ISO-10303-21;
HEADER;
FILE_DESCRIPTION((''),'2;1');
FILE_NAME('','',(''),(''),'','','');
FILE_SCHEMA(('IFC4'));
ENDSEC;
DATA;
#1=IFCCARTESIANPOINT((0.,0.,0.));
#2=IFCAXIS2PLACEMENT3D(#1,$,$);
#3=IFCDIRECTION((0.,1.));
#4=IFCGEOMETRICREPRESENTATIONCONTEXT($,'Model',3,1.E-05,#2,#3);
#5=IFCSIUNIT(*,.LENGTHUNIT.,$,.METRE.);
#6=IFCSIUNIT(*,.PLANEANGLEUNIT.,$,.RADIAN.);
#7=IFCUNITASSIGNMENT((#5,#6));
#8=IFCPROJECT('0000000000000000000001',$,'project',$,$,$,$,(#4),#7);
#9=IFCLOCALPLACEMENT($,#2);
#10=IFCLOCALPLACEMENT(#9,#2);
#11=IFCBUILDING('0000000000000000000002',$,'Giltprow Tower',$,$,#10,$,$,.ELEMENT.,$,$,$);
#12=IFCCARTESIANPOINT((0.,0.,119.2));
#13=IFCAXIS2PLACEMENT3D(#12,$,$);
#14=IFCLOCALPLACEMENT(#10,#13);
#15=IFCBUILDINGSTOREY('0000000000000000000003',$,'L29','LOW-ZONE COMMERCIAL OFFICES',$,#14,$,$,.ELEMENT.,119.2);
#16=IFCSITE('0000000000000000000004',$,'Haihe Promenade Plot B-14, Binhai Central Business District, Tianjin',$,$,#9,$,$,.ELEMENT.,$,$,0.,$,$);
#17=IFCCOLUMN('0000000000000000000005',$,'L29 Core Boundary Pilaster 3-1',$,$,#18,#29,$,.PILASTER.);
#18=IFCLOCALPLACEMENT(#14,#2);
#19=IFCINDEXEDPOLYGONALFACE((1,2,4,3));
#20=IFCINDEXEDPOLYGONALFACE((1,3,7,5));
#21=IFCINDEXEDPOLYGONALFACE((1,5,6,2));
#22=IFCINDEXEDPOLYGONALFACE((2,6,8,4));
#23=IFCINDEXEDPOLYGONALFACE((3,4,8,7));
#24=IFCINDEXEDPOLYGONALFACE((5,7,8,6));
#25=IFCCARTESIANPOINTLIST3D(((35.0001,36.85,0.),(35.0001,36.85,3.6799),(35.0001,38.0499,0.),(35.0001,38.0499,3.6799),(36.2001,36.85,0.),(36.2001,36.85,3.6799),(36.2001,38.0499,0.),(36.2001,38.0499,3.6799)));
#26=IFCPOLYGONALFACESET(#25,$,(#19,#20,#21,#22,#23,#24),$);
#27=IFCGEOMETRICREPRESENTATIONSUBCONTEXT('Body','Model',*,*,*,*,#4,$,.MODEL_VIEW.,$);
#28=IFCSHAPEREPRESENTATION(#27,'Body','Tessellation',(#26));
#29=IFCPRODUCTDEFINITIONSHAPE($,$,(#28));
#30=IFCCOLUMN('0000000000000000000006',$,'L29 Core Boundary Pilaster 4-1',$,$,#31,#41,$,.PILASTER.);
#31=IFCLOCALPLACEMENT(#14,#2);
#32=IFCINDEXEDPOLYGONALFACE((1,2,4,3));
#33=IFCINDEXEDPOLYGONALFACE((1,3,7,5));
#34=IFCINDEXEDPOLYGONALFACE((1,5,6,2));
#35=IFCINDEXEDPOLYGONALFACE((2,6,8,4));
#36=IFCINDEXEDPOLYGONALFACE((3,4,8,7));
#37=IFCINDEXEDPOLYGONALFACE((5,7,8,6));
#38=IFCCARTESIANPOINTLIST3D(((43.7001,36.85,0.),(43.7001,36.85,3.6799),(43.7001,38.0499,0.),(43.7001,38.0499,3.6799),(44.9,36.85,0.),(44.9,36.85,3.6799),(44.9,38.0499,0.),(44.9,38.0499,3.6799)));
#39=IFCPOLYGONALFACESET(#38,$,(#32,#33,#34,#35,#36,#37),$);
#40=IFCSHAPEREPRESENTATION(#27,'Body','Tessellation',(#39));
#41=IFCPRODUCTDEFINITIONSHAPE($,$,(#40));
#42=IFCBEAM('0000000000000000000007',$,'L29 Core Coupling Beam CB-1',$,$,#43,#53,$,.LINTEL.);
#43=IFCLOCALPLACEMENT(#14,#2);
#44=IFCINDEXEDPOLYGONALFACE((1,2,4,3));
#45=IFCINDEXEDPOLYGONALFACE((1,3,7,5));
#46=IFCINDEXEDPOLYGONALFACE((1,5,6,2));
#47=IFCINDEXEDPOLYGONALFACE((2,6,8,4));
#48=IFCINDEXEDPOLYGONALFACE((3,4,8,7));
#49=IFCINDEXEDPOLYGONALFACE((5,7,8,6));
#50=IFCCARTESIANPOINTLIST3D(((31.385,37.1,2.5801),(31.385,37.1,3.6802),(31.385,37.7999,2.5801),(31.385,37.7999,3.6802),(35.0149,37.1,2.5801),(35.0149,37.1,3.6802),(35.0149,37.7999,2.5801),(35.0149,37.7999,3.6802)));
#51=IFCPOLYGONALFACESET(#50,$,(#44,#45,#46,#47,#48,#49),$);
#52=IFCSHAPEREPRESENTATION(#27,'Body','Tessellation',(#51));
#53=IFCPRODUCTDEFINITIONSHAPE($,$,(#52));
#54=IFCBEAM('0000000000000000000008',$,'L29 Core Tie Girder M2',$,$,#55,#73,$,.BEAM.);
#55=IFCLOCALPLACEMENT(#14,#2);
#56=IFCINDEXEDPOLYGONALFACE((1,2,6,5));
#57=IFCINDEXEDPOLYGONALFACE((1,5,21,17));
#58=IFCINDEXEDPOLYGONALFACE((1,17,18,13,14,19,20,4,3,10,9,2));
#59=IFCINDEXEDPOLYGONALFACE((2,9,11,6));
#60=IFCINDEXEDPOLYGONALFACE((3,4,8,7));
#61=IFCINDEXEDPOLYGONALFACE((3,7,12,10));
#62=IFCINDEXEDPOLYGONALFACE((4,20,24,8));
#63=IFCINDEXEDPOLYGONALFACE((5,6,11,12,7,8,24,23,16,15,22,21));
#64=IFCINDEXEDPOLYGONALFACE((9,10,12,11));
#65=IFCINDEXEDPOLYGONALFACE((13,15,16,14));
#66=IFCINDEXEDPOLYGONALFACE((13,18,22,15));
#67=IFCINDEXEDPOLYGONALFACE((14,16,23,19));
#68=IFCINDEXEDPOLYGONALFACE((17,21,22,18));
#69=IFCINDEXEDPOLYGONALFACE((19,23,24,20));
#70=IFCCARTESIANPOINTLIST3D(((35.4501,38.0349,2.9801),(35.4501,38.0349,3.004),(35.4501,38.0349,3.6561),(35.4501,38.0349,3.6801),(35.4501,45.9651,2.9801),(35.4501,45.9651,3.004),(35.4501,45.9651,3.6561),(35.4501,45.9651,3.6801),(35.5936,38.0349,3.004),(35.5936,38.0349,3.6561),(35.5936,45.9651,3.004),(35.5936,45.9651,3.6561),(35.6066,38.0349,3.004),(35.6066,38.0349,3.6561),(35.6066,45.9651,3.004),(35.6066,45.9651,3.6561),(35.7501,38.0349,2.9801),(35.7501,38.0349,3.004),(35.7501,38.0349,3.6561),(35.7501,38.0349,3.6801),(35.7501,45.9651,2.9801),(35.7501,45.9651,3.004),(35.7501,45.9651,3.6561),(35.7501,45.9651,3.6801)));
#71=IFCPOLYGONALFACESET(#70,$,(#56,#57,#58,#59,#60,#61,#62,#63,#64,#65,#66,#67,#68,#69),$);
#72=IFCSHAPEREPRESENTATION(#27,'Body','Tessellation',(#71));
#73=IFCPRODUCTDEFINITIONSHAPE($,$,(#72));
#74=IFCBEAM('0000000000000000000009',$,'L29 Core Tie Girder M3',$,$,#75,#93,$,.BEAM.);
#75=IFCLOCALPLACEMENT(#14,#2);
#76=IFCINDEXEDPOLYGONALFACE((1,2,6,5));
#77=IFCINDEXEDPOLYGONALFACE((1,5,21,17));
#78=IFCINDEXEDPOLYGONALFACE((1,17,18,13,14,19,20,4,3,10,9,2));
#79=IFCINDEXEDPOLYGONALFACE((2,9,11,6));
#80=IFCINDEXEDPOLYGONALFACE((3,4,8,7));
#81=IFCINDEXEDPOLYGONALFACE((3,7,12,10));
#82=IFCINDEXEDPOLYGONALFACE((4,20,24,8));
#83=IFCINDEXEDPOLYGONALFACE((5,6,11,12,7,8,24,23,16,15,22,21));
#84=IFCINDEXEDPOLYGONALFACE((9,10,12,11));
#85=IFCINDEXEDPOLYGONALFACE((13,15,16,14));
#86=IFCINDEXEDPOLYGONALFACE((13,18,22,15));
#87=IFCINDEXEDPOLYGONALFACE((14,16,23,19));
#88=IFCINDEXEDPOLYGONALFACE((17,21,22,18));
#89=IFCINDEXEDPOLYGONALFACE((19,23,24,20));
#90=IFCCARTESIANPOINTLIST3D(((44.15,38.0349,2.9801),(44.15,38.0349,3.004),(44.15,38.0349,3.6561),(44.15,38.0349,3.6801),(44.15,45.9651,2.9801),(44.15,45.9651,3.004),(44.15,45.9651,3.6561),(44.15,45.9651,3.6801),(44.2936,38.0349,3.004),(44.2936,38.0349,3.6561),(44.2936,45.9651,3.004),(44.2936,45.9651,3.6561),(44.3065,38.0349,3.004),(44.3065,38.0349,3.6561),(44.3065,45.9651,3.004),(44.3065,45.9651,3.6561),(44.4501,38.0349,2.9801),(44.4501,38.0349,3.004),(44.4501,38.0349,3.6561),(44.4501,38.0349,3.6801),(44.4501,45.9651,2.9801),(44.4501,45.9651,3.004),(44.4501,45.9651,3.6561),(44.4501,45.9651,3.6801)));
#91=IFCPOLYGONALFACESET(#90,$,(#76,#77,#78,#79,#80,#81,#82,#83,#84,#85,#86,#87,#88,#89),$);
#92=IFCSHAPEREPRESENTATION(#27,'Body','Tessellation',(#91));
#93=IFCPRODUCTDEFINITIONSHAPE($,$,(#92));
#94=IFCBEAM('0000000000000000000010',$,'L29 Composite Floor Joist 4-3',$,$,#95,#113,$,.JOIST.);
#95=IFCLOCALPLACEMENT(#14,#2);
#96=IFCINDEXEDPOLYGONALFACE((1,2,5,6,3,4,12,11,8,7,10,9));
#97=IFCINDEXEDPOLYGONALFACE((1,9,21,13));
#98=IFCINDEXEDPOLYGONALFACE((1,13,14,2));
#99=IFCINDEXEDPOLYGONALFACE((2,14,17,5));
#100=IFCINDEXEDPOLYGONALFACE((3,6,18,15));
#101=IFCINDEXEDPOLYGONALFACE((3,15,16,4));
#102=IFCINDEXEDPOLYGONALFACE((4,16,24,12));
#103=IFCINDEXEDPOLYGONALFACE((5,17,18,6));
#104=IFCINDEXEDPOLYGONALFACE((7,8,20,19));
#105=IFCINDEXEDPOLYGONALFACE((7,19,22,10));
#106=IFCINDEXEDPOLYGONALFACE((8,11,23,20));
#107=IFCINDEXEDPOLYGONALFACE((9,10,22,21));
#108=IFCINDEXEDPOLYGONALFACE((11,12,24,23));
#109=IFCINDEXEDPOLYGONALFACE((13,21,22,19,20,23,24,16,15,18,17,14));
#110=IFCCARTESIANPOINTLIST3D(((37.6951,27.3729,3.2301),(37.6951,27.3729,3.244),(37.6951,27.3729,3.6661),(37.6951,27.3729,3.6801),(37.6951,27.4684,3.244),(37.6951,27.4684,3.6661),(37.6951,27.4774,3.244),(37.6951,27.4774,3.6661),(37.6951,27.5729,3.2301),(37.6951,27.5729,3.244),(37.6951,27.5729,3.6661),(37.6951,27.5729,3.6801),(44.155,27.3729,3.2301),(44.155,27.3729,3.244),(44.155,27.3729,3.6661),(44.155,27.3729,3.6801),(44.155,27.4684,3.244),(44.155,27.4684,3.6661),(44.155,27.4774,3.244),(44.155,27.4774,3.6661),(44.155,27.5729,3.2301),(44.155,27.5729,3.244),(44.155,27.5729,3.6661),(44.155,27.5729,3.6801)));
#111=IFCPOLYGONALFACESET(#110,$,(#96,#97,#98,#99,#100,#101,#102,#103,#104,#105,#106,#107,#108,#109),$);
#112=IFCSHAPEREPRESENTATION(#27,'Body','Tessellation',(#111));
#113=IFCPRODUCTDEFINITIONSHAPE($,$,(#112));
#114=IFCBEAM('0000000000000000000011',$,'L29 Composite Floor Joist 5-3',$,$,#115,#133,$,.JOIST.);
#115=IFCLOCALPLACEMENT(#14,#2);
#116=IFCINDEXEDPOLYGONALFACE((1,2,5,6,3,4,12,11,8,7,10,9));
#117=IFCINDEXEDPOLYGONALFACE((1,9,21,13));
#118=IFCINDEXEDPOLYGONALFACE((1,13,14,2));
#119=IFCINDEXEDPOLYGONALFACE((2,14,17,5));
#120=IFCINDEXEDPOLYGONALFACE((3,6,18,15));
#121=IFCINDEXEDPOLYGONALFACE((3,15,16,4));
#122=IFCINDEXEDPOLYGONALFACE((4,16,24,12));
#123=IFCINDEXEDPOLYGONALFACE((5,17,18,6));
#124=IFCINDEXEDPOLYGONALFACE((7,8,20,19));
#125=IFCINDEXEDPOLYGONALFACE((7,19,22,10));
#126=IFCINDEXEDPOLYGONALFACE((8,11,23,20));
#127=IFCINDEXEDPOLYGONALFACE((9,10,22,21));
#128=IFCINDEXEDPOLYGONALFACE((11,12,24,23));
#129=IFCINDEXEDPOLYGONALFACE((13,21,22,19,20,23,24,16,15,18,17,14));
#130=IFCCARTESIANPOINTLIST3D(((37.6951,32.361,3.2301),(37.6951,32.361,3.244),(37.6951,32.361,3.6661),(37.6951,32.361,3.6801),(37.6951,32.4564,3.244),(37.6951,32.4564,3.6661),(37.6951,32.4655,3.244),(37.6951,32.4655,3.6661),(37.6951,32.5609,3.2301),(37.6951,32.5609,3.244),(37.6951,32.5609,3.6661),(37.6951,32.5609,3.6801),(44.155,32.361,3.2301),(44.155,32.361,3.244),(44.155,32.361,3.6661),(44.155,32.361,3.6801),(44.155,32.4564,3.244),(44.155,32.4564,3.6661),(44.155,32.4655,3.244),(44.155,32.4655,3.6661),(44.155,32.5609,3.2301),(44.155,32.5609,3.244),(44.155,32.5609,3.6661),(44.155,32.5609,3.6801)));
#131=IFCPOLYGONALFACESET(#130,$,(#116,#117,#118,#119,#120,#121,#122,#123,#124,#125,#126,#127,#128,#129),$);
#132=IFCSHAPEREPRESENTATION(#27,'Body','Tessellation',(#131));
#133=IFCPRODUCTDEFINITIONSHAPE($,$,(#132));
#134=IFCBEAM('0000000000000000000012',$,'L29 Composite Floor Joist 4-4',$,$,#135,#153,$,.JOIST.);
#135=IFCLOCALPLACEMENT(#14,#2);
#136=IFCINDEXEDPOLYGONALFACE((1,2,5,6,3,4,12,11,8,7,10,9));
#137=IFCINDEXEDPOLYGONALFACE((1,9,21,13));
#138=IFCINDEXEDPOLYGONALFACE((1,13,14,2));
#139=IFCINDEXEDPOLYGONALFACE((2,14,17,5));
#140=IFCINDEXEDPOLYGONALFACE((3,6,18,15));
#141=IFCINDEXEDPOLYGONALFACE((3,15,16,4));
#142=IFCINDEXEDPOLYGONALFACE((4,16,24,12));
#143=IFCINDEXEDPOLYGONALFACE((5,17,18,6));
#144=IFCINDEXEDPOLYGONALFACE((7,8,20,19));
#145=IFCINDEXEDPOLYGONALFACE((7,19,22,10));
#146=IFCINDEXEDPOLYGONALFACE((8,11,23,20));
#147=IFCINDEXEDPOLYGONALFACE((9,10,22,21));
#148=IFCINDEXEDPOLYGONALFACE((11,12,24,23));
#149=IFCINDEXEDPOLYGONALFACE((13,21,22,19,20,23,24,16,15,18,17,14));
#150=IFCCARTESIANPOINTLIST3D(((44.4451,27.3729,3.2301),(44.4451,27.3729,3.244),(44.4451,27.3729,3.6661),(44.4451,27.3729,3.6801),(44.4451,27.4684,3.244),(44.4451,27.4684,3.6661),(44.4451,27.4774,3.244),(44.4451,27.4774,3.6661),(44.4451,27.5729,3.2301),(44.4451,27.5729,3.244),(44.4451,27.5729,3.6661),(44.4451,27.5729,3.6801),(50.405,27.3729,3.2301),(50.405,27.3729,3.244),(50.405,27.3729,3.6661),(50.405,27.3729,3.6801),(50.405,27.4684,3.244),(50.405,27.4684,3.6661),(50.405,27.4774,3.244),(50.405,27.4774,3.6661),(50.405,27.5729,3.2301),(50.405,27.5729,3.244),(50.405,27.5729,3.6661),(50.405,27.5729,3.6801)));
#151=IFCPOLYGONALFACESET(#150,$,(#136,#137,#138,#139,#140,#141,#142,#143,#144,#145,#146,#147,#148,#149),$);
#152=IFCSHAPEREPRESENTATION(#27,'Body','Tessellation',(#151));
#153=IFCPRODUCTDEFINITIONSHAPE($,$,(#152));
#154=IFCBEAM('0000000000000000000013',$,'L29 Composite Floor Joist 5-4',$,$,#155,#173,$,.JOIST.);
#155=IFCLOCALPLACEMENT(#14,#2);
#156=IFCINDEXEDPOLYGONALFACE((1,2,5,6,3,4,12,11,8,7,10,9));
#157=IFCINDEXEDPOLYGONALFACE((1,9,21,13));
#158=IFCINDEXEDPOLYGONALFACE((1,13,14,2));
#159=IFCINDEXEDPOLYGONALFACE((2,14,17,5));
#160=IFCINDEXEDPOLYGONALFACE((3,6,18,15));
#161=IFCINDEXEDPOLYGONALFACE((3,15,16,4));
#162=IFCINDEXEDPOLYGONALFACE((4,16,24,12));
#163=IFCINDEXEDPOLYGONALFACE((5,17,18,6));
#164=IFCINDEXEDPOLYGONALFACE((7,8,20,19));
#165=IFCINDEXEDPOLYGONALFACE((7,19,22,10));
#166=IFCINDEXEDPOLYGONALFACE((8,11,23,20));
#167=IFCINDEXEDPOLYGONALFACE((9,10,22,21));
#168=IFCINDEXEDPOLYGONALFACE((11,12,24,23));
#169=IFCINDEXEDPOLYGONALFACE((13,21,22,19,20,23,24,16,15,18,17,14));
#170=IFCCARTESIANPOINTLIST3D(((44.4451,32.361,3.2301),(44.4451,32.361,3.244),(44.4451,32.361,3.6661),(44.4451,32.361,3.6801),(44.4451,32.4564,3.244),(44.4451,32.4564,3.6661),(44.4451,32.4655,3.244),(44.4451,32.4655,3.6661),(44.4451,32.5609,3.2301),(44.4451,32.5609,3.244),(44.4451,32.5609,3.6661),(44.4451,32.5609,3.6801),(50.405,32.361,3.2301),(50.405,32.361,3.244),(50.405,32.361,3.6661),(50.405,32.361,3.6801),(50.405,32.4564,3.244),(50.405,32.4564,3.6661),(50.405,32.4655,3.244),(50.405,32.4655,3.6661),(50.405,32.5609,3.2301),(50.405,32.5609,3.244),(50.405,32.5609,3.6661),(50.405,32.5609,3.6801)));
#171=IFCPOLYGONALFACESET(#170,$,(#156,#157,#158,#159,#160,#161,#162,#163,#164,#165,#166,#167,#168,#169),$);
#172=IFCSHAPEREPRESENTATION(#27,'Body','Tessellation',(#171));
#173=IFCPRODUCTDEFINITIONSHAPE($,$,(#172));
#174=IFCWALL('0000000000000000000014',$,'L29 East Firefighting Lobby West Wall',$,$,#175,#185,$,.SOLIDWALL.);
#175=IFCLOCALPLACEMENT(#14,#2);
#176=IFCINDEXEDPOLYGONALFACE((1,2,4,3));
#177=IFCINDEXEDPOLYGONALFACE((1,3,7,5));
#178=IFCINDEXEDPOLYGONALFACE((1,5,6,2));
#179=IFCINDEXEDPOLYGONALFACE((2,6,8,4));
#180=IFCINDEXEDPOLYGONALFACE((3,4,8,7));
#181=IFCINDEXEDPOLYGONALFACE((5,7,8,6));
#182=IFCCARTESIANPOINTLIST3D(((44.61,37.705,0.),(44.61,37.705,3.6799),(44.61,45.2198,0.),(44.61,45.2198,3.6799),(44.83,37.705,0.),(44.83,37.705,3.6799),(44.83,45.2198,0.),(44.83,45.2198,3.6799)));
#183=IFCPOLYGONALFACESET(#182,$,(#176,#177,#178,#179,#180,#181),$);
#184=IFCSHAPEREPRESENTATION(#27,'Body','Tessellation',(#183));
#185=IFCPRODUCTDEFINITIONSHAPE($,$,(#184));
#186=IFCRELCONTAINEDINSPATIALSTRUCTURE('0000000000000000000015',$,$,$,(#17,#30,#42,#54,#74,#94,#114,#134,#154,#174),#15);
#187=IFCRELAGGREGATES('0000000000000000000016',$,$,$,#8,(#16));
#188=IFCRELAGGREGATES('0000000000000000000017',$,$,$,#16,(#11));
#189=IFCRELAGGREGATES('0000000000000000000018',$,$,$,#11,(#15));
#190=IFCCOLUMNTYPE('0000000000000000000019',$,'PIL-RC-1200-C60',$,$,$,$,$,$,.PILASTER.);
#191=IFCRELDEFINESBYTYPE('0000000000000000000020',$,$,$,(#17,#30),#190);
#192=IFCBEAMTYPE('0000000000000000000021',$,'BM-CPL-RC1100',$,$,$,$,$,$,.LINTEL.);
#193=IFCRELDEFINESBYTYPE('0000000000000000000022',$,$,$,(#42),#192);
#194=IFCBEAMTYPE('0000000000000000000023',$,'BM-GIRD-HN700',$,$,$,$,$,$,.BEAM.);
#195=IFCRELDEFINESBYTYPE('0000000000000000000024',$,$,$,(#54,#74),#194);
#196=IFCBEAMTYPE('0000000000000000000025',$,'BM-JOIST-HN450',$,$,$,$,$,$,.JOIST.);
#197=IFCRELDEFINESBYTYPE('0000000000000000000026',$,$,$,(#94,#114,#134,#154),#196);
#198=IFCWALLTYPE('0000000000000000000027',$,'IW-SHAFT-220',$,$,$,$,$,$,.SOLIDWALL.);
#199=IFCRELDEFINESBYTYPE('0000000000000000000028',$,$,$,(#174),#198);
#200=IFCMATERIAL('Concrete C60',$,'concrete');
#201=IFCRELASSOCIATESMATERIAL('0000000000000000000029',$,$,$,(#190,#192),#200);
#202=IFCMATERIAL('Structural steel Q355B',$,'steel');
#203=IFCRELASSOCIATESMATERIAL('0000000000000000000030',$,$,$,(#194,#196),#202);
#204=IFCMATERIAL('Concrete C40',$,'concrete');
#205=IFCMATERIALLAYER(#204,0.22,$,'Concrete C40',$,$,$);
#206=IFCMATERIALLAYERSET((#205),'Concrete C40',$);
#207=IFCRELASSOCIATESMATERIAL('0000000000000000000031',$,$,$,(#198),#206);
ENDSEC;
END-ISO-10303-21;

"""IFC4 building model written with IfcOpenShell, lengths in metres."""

from ifc_helpers import new_model, si_unit, direction, frame, frame_2d, origin, origin_2d, place, context, subcontext, project, spatial, rectangle, i_section, extrude, source, transform, mapped, material, layer, layer_set, material_profile, profile_set, type_object, element, save


model = new_model("IFC4")

# Units and contexts
model_context = context("Model", 3, precision=1e-05, world=origin(), true_north=direction((0.0, 1.0)))
body_context = subcontext(model_context, "Body", "Model", "MODEL_VIEW")
ifc_project = project(units=[si_unit("LENGTHUNIT", "METRE"), si_unit("PLANEANGLEUNIT", "RADIAN")], contexts=[model_context])

# Site, building, storey
site_placement = place(None, origin())
site = spatial("IfcSite", under=ifc_project, at=site_placement, Name="Haihe Promenade Plot B-14, Binhai Central Business District, Tianjin", CompositionType="ELEMENT", RefElevation=0.0)
building_placement = place(site_placement, origin())
building = spatial("IfcBuilding", under=site, at=building_placement, Name="Giltprow Tower", CompositionType="ELEMENT")
storey_placement = place(building_placement, frame((0.0, 0.0, 119.2)))
storey = spatial("IfcBuildingStorey", under=building, at=storey_placement, Name="L29", Description="LOW-ZONE COMMERCIAL OFFICES", CompositionType="ELEMENT", Elevation=119.2)

# Columns
ifc_material_1 = material(Name="Concrete C60", Category="concrete")
ifc_material_profile_1 = material_profile(ifc_material_1, rectangle(XDim=1.2, YDim=1.2, at=origin_2d()), Name="RC 1200x1200")
ifc_profile_set_1 = profile_set([ifc_material_profile_1], Name="Concrete C60")
column_type = type_object("IfcColumnType", Name="PIL-RC-1200-C60", PredefinedType="PILASTER", material=ifc_profile_set_1)
shared_shape_1 = source(origin(), body_context, "Body", "SweptSolid", [
    extrude(rectangle(XDim=1.2, YDim=1.2, at=origin_2d()), origin(), (0.0, 0.0, 1.0), 3.6799),
])
for number, where, z_axis, x_axis, name in (
    (1, (35.6001, 37.45, 0.0), (0.0, 0.0, 1.0), (1.0, 0.0, 0.0), "L29 Core Boundary Pilaster 3-1"),
    (2, (44.3, 37.45, 0.0), (0.0, 0.0, 1.0), (1.0, 0.0, 0.0), "L29 Core Boundary Pilaster 4-1"),
):
    element("IfcColumn", number, at=place(storey_placement, frame(where, z_axis=z_axis, x_axis=x_axis)), inside=storey, type_object=column_type, Name=name, PredefinedType="PILASTER", context=body_context, shape_type="MappedRepresentation", body=[
        mapped(shared_shape_1, transform((0.0, 0.0, 0.0), x_axis=(1.0, 0.0, 0.0), y_axis=(0.0, 1.0, 0.0), z_axis=(0.0, 0.0, 1.0), scale=1.0)),
    ])

# Beams
ifc_material_profile_2 = material_profile(ifc_material_1, rectangle(XDim=0.7, YDim=1.1001, at=origin_2d()), Name="RC 1100x700")
ifc_profile_set_2 = profile_set([ifc_material_profile_2], Name="Concrete C60")
beam_type_1 = type_object("IfcBeamType", Name="BM-CPL-RC1100", PredefinedType="LINTEL", material=ifc_profile_set_2)
shared_shape_2 = source(origin(), body_context, "Body", "SweptSolid", [
    extrude(rectangle(XDim=0.7, YDim=1.1001, at=origin_2d()), origin(), (0.0, 0.0, 1.0), 3.6299),
])
beam_placement = place(storey_placement, frame((31.385, 37.45, 3.1301), z_axis=(1.0, 0.0, 0.0), x_axis=(0.0, 1.0, 0.0)))
element("IfcBeam", 3, at=beam_placement, inside=storey, type_object=beam_type_1, Name="L29 Core Coupling Beam CB-1", PredefinedType="LINTEL", context=body_context, shape_type="MappedRepresentation", body=[
    mapped(shared_shape_2, transform((0.0, 0.0, 0.0), x_axis=(1.0, 0.0, 0.0), y_axis=(0.0, 1.0, 0.0), z_axis=(0.0, 0.0, 1.0), scale=1.0)),
])
ifc_material_2 = material(Name="Structural steel Q355B", Category="steel")
ifc_material_profile_3 = material_profile(ifc_material_2, i_section(OverallWidth=0.3, OverallDepth=0.7, WebThickness=0.0129, FlangeThickness=0.0239, at=origin_2d()), Name="HN 700x300x13x24")
ifc_profile_set_3 = profile_set([ifc_material_profile_3], Name="Structural steel Q355B")
beam_type_2 = type_object("IfcBeamType", Name="BM-GIRD-HN700", PredefinedType="BEAM", material=ifc_profile_set_3)
shared_shape_3 = source(origin(), body_context, "Body", "SweptSolid", [
    extrude(i_section(OverallWidth=0.3, OverallDepth=0.7, WebThickness=0.0129, FlangeThickness=0.0239, at=origin_2d()), origin(), (0.0, 0.0, 1.0), 7.9302),
])
for number, where, z_axis, x_axis, name in (
    (4, (35.6001, 38.0349, 3.3301), (0.0, 1.0, 0.0), (-1.0, 0.0, 0.0), "L29 Core Tie Girder M2"),
    (5, (44.3, 38.0349, 3.3301), (0.0, 1.0, 0.0), (-1.0, 0.0, 0.0), "L29 Core Tie Girder M3"),
):
    element("IfcBeam", number, at=place(storey_placement, frame(where, z_axis=z_axis, x_axis=x_axis)), inside=storey, type_object=beam_type_2, Name=name, PredefinedType="BEAM", context=body_context, shape_type="MappedRepresentation", body=[
        mapped(shared_shape_3, transform((0.0, 0.0, 0.0), x_axis=(1.0, 0.0, 0.0), y_axis=(0.0, 1.0, 0.0), z_axis=(0.0, 0.0, 1.0), scale=1.0)),
    ])
ifc_material_profile_4 = material_profile(ifc_material_2, i_section(OverallWidth=0.2, OverallDepth=0.45, WebThickness=0.009, FlangeThickness=0.0139, at=origin_2d()), Name="HN 450x200x9x14")
ifc_profile_set_4 = profile_set([ifc_material_profile_4], Name="Structural steel Q355B")
beam_type_3 = type_object("IfcBeamType", Name="BM-JOIST-HN450", PredefinedType="JOIST", material=ifc_profile_set_4)
shared_shape_4 = source(origin(), body_context, "Body", "SweptSolid", [
    extrude(i_section(OverallWidth=0.2, OverallDepth=0.45, WebThickness=0.009, FlangeThickness=0.0139, at=origin_2d()), origin(), (0.0, 0.0, 1.0), 6.46),
])
for number, where, z_axis, x_axis, name in (
    (6, (37.6951, 27.4729, 3.4551), (1.0, 0.0, 0.0), (0.0, 1.0, 0.0), "L29 Composite Floor Joist 4-3"),
    (7, (37.6951, 32.4609, 3.4551), (1.0, 0.0, 0.0), (0.0, 1.0, 0.0), "L29 Composite Floor Joist 5-3"),
):
    element("IfcBeam", number, at=place(storey_placement, frame(where, z_axis=z_axis, x_axis=x_axis)), inside=storey, type_object=beam_type_3, Name=name, PredefinedType="JOIST", context=body_context, shape_type="MappedRepresentation", body=[
        mapped(shared_shape_4, transform((0.0, 0.0, 0.0), x_axis=(1.0, 0.0, 0.0), y_axis=(0.0, 1.0, 0.0), z_axis=(0.0, 0.0, 1.0), scale=1.0)),
    ])
shared_shape_5 = source(origin(), body_context, "Body", "SweptSolid", [
    extrude(i_section(OverallWidth=0.2, OverallDepth=0.45, WebThickness=0.009, FlangeThickness=0.0139, at=origin_2d()), origin(), (0.0, 0.0, 1.0), 5.96),
])
for number, where, z_axis, x_axis, name in (
    (8, (44.4451, 27.4729, 3.4551), (1.0, 0.0, 0.0), (0.0, 1.0, 0.0), "L29 Composite Floor Joist 4-4"),
    (9, (44.4451, 32.4609, 3.4551), (1.0, 0.0, 0.0), (0.0, 1.0, 0.0), "L29 Composite Floor Joist 5-4"),
):
    element("IfcBeam", number, at=place(storey_placement, frame(where, z_axis=z_axis, x_axis=x_axis)), inside=storey, type_object=beam_type_3, Name=name, PredefinedType="JOIST", context=body_context, shape_type="MappedRepresentation", body=[
        mapped(shared_shape_5, transform((0.0, 0.0, 0.0), x_axis=(1.0, 0.0, 0.0), y_axis=(0.0, 1.0, 0.0), z_axis=(0.0, 0.0, 1.0), scale=1.0)),
    ])

# Wall
ifc_material_3 = material(Name="Concrete C40", Category="concrete")
ifc_layer_1 = layer(ifc_material_3, 0.22, Name="Concrete C40")
ifc_layer_set_1 = layer_set([ifc_layer_1], Name="Concrete C40")
wall_type_1 = type_object("IfcWallType", Name="IW-SHAFT-220", PredefinedType="SOLIDWALL", material=ifc_layer_set_1)
wall_1_placement = place(storey_placement, frame((44.72, 37.7051, 0.0), z_axis=(0.0, 0.0, 1.0), x_axis=(0.0, 1.0, 0.0)))
element("IfcWall", 10, at=wall_1_placement, inside=storey, type_object=wall_type_1, Name="L29 East Firefighting Lobby West Wall", PredefinedType="SOLIDWALL", context=body_context, shape_type="SweptSolid", body=[
    extrude(rectangle(XDim=7.5149, YDim=0.22, at=frame_2d((3.7573, 0.0))), origin(), (0.0, 0.0, 1.0), 3.6799),
])

save(model, "model.ifc")
